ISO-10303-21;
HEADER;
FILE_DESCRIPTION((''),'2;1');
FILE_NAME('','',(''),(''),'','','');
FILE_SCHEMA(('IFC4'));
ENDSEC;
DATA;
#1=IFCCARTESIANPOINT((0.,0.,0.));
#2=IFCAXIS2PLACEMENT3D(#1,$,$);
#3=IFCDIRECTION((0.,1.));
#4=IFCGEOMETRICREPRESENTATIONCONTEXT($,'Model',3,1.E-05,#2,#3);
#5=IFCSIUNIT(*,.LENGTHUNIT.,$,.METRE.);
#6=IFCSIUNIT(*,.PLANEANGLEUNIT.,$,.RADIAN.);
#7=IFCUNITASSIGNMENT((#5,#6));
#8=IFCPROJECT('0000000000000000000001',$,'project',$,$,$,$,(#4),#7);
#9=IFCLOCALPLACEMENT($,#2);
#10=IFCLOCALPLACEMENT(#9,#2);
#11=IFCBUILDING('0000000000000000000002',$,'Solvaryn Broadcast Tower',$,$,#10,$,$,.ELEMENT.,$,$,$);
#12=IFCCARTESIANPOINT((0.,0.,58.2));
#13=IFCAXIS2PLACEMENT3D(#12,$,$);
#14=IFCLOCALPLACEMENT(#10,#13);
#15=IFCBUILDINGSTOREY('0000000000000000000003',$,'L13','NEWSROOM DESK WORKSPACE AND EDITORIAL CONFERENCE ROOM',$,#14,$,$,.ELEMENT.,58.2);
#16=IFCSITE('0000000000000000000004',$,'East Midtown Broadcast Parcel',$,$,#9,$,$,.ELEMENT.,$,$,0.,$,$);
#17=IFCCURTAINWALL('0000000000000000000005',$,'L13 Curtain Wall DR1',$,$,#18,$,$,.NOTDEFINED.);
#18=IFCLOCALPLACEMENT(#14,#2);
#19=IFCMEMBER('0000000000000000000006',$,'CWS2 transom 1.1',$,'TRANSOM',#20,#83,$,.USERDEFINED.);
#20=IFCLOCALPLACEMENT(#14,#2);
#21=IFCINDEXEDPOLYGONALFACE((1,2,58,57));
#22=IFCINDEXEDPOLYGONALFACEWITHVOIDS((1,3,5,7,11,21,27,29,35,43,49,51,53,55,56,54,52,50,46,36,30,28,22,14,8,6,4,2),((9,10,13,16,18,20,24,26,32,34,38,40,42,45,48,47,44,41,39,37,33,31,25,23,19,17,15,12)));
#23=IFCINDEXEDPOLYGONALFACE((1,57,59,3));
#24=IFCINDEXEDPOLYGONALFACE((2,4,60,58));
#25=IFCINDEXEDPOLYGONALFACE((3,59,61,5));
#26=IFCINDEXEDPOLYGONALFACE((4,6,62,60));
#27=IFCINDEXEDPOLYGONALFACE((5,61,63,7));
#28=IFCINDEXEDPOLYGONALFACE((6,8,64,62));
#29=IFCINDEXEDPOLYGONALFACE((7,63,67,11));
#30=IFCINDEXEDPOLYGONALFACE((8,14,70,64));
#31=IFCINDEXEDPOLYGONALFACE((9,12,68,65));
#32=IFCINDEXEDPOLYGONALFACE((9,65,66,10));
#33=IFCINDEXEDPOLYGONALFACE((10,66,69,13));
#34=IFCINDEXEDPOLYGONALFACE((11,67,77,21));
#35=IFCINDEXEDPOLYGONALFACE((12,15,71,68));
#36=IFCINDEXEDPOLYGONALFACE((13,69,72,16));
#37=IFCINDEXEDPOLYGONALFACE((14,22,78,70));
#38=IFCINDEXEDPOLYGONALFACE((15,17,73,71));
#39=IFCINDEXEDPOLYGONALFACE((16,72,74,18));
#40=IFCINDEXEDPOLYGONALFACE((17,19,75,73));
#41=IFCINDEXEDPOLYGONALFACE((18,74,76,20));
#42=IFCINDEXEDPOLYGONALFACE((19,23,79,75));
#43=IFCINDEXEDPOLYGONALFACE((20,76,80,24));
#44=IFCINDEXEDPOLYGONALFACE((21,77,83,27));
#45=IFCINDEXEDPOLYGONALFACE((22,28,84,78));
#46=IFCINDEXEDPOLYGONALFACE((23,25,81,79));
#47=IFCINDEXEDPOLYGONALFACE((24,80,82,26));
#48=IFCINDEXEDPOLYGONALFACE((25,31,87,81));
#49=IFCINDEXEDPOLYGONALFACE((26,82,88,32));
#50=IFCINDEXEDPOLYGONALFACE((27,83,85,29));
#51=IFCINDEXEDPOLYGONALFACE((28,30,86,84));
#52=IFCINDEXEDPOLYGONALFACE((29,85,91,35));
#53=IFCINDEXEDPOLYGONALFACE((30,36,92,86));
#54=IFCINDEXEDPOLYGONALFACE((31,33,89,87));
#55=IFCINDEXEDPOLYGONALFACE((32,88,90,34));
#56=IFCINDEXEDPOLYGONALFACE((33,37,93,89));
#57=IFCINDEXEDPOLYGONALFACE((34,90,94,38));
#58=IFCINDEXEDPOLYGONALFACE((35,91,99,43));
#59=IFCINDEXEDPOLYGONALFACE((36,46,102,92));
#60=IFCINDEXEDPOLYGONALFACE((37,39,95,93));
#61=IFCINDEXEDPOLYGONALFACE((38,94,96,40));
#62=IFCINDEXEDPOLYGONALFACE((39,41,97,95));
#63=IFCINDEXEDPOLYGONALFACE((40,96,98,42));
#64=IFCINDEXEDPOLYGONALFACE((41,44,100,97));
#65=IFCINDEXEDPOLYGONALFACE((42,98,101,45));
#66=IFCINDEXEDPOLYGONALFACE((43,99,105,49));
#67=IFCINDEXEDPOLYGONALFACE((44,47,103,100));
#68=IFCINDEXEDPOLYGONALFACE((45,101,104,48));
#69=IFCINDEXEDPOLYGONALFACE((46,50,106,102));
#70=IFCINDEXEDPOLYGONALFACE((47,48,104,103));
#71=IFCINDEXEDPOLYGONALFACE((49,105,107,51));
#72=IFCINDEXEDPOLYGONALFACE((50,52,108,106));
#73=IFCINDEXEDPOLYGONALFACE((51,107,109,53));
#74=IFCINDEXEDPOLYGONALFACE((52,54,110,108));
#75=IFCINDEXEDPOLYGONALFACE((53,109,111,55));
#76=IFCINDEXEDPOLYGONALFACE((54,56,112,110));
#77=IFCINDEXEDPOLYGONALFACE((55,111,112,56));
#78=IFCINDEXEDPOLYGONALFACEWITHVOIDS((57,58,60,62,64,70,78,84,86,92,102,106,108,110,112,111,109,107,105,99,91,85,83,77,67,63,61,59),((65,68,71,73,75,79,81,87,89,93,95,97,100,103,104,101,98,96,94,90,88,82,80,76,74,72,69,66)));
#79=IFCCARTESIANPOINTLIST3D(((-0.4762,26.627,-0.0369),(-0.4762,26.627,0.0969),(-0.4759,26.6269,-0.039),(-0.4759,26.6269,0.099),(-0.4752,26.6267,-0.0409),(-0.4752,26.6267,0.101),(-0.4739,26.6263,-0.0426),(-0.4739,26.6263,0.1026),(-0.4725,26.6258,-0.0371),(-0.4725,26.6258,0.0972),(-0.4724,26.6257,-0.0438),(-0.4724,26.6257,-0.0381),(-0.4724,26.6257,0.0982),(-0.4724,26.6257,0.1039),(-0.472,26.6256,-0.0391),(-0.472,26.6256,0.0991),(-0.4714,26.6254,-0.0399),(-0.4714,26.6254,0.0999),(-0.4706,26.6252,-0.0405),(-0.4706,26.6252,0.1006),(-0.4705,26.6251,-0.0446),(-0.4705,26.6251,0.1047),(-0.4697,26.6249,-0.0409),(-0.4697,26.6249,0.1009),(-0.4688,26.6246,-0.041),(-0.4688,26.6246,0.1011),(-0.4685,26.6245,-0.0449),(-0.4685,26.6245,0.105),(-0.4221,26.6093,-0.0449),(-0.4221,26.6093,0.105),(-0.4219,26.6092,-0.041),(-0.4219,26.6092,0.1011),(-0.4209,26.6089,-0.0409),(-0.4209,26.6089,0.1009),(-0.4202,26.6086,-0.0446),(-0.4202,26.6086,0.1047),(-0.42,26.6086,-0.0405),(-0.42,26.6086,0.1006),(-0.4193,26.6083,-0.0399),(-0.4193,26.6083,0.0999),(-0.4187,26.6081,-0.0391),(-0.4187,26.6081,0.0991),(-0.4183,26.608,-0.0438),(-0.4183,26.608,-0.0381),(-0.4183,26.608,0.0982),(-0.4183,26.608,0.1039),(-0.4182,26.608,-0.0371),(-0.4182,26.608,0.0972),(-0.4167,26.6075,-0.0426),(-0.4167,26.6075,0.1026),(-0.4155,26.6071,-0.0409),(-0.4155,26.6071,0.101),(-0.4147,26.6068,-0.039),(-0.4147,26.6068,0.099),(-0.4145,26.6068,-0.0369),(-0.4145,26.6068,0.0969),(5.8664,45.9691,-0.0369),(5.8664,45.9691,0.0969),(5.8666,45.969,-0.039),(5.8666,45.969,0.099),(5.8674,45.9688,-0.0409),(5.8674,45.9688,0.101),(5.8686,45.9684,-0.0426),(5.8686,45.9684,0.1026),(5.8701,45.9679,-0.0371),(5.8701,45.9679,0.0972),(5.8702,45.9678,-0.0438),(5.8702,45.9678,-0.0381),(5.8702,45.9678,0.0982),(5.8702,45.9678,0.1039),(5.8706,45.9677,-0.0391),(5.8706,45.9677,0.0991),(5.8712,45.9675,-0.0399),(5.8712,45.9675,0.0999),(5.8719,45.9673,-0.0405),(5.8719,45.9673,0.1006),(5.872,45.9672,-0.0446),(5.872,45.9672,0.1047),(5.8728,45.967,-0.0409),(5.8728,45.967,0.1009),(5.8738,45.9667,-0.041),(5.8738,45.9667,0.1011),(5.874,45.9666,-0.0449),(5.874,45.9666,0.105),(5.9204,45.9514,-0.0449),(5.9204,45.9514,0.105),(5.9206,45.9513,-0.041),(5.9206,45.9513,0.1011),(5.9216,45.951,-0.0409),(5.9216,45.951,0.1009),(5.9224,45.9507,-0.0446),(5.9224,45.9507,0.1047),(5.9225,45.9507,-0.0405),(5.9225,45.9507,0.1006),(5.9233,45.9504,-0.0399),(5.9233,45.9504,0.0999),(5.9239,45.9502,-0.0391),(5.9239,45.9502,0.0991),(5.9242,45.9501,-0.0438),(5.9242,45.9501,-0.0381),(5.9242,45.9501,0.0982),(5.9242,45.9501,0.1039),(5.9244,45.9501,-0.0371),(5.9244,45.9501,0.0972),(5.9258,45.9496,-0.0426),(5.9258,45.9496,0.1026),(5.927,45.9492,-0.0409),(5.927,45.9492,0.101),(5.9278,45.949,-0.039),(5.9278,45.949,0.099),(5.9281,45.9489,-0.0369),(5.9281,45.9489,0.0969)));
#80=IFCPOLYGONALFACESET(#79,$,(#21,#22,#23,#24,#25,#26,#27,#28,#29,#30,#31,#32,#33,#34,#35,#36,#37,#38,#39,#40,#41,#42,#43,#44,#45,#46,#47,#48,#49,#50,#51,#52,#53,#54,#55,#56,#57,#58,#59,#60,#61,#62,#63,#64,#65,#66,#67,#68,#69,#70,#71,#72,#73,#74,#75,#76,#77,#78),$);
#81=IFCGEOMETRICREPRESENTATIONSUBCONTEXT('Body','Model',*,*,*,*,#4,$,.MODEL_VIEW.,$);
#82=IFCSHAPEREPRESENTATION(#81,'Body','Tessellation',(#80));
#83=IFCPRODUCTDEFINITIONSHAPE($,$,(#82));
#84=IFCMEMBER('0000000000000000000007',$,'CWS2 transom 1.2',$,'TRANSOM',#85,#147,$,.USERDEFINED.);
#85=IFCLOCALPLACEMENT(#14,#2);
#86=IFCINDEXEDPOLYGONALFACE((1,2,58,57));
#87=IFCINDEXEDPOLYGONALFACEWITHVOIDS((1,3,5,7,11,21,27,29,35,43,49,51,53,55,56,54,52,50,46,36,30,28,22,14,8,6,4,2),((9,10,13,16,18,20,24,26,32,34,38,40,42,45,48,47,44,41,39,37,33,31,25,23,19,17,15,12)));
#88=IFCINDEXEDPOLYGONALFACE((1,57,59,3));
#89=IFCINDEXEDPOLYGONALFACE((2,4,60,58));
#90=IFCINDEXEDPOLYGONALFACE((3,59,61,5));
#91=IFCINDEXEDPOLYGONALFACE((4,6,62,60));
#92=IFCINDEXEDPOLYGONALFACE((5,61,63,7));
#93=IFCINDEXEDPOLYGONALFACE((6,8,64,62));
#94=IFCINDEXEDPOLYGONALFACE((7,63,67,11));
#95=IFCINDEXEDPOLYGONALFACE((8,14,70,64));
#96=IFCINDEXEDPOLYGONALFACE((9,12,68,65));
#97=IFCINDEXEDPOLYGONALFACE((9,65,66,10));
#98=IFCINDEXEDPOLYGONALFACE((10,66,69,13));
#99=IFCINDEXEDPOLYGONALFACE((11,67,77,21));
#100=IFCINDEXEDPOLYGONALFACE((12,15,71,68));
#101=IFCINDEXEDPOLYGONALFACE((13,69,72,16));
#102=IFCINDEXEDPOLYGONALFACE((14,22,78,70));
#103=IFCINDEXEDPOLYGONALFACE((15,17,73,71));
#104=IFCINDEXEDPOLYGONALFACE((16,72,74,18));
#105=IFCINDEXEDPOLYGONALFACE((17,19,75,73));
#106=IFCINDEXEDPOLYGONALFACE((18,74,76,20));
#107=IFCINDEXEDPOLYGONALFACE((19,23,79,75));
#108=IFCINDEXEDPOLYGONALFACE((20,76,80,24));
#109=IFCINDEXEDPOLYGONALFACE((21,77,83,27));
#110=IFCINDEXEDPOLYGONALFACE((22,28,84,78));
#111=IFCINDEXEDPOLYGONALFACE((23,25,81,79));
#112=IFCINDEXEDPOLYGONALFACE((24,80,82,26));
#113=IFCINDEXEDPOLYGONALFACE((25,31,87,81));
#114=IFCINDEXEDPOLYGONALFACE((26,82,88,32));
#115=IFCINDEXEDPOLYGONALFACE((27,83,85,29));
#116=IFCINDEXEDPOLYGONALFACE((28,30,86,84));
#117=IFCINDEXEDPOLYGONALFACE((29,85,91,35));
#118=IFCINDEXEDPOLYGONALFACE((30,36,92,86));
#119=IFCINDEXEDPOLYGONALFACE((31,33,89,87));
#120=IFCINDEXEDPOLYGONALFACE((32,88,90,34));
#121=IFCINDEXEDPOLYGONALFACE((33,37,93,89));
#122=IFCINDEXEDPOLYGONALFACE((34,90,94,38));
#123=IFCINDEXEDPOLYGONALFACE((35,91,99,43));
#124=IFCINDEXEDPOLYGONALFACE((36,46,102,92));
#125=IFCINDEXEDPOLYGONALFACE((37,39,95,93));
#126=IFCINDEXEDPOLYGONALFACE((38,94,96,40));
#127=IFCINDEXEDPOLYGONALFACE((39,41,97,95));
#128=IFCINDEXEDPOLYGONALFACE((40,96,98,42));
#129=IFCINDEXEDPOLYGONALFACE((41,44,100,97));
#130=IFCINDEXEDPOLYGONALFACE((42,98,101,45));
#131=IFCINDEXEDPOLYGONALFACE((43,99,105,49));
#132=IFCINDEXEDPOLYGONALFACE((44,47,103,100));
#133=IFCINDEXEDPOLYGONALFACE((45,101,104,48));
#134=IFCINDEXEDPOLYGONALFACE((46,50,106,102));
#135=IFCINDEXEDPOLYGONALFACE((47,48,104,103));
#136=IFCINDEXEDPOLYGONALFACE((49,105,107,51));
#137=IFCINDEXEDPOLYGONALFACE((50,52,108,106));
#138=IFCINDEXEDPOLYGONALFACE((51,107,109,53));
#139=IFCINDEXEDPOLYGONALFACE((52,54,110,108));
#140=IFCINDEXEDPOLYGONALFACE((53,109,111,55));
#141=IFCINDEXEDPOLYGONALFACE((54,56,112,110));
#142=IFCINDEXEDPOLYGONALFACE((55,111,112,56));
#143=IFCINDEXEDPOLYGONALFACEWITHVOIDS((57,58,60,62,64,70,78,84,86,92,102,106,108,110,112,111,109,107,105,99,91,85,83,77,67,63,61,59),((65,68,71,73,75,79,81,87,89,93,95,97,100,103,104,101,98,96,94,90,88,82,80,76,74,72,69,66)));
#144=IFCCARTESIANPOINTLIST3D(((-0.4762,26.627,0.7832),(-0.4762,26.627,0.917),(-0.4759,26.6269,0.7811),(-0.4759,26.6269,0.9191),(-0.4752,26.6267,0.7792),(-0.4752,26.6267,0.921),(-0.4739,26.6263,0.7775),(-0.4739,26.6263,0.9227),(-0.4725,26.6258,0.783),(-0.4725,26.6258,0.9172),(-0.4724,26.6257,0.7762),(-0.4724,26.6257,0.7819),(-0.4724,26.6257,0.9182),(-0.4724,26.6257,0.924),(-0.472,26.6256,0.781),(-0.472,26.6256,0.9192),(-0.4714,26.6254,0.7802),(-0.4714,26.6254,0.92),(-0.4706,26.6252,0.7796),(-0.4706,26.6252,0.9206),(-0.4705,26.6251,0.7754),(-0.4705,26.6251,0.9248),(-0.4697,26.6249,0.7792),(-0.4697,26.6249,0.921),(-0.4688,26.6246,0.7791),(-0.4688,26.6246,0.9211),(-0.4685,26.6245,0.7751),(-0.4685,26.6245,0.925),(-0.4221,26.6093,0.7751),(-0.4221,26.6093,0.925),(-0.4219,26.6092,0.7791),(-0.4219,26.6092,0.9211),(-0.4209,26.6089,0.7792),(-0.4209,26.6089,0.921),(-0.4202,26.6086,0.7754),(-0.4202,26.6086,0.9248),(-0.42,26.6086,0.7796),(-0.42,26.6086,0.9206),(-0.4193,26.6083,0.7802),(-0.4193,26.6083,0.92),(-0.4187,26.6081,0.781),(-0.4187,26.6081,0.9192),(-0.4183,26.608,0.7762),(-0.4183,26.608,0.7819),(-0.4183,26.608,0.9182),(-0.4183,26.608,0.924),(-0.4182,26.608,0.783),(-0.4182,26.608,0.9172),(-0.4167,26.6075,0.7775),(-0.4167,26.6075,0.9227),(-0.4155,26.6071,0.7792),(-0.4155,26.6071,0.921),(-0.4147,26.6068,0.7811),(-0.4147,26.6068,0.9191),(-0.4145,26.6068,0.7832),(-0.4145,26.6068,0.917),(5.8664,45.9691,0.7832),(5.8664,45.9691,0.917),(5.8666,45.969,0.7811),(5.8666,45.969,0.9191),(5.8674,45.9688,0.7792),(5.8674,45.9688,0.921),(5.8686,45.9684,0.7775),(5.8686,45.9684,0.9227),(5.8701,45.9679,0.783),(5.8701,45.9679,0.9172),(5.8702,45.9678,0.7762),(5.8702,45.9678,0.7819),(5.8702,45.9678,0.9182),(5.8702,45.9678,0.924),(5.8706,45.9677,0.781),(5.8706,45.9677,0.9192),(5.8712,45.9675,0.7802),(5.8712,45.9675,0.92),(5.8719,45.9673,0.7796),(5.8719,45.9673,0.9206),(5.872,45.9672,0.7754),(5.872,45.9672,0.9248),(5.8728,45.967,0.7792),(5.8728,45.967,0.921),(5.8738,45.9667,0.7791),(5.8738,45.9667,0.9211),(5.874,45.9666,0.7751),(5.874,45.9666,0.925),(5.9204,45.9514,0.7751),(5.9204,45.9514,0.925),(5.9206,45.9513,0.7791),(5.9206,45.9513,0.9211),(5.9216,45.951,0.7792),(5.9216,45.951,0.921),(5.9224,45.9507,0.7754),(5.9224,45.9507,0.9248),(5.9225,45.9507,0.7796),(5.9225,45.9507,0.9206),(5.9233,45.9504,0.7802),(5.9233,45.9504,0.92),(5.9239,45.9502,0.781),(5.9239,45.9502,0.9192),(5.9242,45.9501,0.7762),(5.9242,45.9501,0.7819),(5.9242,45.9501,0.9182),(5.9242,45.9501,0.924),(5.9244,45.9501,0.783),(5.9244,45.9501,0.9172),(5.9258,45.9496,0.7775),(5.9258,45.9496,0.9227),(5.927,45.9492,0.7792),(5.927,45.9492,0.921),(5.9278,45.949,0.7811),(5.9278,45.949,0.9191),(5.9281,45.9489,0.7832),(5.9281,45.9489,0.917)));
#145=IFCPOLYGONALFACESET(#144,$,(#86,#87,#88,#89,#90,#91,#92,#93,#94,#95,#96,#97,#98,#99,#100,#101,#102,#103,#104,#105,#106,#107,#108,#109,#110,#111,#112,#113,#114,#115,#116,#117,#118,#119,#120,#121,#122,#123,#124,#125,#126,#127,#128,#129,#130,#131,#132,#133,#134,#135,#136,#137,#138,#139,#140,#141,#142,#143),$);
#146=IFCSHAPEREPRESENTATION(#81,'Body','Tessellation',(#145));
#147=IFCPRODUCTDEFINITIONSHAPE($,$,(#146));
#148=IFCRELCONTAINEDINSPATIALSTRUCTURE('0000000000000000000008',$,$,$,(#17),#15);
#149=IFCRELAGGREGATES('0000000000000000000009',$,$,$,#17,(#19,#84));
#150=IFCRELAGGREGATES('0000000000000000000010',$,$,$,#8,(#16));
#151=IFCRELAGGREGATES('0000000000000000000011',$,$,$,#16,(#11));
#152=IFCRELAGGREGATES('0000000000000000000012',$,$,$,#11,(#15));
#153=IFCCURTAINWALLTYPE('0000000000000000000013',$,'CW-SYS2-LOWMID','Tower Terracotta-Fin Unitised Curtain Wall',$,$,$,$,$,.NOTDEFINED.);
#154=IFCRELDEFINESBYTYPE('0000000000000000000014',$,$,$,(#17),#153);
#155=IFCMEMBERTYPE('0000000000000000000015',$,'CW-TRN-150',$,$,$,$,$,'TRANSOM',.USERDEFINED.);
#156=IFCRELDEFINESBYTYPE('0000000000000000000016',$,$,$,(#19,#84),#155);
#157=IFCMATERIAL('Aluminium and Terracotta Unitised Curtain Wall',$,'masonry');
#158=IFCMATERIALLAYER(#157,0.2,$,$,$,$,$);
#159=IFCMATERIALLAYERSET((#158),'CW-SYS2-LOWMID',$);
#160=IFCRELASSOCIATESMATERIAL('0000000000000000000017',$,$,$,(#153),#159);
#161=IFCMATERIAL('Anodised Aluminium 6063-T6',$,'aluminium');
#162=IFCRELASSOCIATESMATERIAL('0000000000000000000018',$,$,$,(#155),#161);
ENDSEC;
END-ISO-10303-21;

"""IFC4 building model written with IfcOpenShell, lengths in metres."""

from ifc_helpers import new_model, si_unit, direction, frame, origin, origin_2d, place, context, subcontext, project, spatial, hollow_rectangle, extrude, material, layer, layer_set, material_profile, profile_set, type_object, element, aggregate, save


model = new_model("IFC4")

# Units and contexts
model_context = context("Model", 3, precision=1e-05, world=origin(), true_north=direction((0.0, 1.0)))
body_context = subcontext(model_context, "Body", "Model", "MODEL_VIEW")
ifc_project = project(units=[si_unit("LENGTHUNIT", "METRE"), si_unit("PLANEANGLEUNIT", "RADIAN")], contexts=[model_context])

# Site, building, storey
site_placement = place(None, origin())
site = spatial("IfcSite", under=ifc_project, at=site_placement, Name="East Midtown Broadcast Parcel", CompositionType="ELEMENT", RefElevation=0.0)
building_placement = place(site_placement, origin())
building = spatial("IfcBuilding", under=site, at=building_placement, Name="Solvaryn Broadcast Tower", CompositionType="ELEMENT")
storey_placement = place(building_placement, frame((0.0, 0.0, 58.2)))
storey = spatial("IfcBuildingStorey", under=building, at=storey_placement, Name="L13", Description="NEWSROOM DESK WORKSPACE AND EDITORIAL CONFERENCE ROOM", CompositionType="ELEMENT", Elevation=58.2)

# Curtain wall
ifc_material_1 = material(Name="Aluminium and Terracotta Unitised Curtain Wall", Category="masonry")
ifc_layer_1 = layer(ifc_material_1, 0.2)
ifc_layer_set_1 = layer_set([ifc_layer_1], Name="CW-SYS2-LOWMID")
curtain_wall_type = type_object("IfcCurtainWallType", Name="CW-SYS2-LOWMID", Description="Tower Terracotta-Fin Unitised Curtain Wall", PredefinedType="NOTDEFINED", material=ifc_layer_set_1)
curtain_wall_1_placement = place(storey_placement, origin())
curtain_wall_1 = element("IfcCurtainWall", 1, at=curtain_wall_1_placement, inside=storey, type_object=curtain_wall_type, Name="L13 Curtain Wall DR1", PredefinedType="NOTDEFINED")

# Members
ifc_material_2 = material(Name="Anodised Aluminium 6063-T6", Category="aluminium")
ifc_material_profile_1 = material_profile(ifc_material_2, hollow_rectangle(XDim=0.0649, YDim=0.1499, WallThickness=0.0039, InnerFilletRadius=0.0039, OuterFilletRadius=0.0081, at=origin_2d()))
ifc_profile_set_1 = profile_set([ifc_material_profile_1], Name="Anodised Aluminium 6063-T6")
member_type_1 = type_object("IfcMemberType", Name="CW-TRN-150", ElementType="TRANSOM", PredefinedType="USERDEFINED", material=ifc_profile_set_1)
member_1_placement = place(storey_placement, frame((5.8972, 45.959, 0.03), z_axis=(-0.31159, -0.950217, 0.0), x_axis=(0.950217, -0.31159, 0.0)))
member_1 = element("IfcMember", 2, at=member_1_placement, type_object=member_type_1, Name="CWS2 transom 1.1", ObjectType="TRANSOM", PredefinedType="USERDEFINED", context=body_context, shape_type="SweptSolid", body=[
    extrude(hollow_rectangle(XDim=0.0649, YDim=0.1499, WallThickness=0.0039, InnerFilletRadius=0.0039, OuterFilletRadius=0.0081, at=origin_2d()), origin(), (0.0, 0.0, 1.0), 20.3555),
])
member_2_placement = place(storey_placement, frame((5.8972, 45.959, 0.8501), z_axis=(-0.31159, -0.950217, 0.0), x_axis=(0.950217, -0.31159, 0.0)))
member_2 = element("IfcMember", 3, at=member_2_placement, type_object=member_type_1, Name="CWS2 transom 1.2", ObjectType="TRANSOM", PredefinedType="USERDEFINED", context=body_context, shape_type="SweptSolid", body=[
    extrude(hollow_rectangle(XDim=0.0649, YDim=0.1499, WallThickness=0.0039, InnerFilletRadius=0.0039, OuterFilletRadius=0.0081, at=origin_2d()), origin(), (0.0, 0.0, 1.0), 20.3555),
])
aggregate(curtain_wall_1, [member_1, member_2])

save(model, "model.ifc")
